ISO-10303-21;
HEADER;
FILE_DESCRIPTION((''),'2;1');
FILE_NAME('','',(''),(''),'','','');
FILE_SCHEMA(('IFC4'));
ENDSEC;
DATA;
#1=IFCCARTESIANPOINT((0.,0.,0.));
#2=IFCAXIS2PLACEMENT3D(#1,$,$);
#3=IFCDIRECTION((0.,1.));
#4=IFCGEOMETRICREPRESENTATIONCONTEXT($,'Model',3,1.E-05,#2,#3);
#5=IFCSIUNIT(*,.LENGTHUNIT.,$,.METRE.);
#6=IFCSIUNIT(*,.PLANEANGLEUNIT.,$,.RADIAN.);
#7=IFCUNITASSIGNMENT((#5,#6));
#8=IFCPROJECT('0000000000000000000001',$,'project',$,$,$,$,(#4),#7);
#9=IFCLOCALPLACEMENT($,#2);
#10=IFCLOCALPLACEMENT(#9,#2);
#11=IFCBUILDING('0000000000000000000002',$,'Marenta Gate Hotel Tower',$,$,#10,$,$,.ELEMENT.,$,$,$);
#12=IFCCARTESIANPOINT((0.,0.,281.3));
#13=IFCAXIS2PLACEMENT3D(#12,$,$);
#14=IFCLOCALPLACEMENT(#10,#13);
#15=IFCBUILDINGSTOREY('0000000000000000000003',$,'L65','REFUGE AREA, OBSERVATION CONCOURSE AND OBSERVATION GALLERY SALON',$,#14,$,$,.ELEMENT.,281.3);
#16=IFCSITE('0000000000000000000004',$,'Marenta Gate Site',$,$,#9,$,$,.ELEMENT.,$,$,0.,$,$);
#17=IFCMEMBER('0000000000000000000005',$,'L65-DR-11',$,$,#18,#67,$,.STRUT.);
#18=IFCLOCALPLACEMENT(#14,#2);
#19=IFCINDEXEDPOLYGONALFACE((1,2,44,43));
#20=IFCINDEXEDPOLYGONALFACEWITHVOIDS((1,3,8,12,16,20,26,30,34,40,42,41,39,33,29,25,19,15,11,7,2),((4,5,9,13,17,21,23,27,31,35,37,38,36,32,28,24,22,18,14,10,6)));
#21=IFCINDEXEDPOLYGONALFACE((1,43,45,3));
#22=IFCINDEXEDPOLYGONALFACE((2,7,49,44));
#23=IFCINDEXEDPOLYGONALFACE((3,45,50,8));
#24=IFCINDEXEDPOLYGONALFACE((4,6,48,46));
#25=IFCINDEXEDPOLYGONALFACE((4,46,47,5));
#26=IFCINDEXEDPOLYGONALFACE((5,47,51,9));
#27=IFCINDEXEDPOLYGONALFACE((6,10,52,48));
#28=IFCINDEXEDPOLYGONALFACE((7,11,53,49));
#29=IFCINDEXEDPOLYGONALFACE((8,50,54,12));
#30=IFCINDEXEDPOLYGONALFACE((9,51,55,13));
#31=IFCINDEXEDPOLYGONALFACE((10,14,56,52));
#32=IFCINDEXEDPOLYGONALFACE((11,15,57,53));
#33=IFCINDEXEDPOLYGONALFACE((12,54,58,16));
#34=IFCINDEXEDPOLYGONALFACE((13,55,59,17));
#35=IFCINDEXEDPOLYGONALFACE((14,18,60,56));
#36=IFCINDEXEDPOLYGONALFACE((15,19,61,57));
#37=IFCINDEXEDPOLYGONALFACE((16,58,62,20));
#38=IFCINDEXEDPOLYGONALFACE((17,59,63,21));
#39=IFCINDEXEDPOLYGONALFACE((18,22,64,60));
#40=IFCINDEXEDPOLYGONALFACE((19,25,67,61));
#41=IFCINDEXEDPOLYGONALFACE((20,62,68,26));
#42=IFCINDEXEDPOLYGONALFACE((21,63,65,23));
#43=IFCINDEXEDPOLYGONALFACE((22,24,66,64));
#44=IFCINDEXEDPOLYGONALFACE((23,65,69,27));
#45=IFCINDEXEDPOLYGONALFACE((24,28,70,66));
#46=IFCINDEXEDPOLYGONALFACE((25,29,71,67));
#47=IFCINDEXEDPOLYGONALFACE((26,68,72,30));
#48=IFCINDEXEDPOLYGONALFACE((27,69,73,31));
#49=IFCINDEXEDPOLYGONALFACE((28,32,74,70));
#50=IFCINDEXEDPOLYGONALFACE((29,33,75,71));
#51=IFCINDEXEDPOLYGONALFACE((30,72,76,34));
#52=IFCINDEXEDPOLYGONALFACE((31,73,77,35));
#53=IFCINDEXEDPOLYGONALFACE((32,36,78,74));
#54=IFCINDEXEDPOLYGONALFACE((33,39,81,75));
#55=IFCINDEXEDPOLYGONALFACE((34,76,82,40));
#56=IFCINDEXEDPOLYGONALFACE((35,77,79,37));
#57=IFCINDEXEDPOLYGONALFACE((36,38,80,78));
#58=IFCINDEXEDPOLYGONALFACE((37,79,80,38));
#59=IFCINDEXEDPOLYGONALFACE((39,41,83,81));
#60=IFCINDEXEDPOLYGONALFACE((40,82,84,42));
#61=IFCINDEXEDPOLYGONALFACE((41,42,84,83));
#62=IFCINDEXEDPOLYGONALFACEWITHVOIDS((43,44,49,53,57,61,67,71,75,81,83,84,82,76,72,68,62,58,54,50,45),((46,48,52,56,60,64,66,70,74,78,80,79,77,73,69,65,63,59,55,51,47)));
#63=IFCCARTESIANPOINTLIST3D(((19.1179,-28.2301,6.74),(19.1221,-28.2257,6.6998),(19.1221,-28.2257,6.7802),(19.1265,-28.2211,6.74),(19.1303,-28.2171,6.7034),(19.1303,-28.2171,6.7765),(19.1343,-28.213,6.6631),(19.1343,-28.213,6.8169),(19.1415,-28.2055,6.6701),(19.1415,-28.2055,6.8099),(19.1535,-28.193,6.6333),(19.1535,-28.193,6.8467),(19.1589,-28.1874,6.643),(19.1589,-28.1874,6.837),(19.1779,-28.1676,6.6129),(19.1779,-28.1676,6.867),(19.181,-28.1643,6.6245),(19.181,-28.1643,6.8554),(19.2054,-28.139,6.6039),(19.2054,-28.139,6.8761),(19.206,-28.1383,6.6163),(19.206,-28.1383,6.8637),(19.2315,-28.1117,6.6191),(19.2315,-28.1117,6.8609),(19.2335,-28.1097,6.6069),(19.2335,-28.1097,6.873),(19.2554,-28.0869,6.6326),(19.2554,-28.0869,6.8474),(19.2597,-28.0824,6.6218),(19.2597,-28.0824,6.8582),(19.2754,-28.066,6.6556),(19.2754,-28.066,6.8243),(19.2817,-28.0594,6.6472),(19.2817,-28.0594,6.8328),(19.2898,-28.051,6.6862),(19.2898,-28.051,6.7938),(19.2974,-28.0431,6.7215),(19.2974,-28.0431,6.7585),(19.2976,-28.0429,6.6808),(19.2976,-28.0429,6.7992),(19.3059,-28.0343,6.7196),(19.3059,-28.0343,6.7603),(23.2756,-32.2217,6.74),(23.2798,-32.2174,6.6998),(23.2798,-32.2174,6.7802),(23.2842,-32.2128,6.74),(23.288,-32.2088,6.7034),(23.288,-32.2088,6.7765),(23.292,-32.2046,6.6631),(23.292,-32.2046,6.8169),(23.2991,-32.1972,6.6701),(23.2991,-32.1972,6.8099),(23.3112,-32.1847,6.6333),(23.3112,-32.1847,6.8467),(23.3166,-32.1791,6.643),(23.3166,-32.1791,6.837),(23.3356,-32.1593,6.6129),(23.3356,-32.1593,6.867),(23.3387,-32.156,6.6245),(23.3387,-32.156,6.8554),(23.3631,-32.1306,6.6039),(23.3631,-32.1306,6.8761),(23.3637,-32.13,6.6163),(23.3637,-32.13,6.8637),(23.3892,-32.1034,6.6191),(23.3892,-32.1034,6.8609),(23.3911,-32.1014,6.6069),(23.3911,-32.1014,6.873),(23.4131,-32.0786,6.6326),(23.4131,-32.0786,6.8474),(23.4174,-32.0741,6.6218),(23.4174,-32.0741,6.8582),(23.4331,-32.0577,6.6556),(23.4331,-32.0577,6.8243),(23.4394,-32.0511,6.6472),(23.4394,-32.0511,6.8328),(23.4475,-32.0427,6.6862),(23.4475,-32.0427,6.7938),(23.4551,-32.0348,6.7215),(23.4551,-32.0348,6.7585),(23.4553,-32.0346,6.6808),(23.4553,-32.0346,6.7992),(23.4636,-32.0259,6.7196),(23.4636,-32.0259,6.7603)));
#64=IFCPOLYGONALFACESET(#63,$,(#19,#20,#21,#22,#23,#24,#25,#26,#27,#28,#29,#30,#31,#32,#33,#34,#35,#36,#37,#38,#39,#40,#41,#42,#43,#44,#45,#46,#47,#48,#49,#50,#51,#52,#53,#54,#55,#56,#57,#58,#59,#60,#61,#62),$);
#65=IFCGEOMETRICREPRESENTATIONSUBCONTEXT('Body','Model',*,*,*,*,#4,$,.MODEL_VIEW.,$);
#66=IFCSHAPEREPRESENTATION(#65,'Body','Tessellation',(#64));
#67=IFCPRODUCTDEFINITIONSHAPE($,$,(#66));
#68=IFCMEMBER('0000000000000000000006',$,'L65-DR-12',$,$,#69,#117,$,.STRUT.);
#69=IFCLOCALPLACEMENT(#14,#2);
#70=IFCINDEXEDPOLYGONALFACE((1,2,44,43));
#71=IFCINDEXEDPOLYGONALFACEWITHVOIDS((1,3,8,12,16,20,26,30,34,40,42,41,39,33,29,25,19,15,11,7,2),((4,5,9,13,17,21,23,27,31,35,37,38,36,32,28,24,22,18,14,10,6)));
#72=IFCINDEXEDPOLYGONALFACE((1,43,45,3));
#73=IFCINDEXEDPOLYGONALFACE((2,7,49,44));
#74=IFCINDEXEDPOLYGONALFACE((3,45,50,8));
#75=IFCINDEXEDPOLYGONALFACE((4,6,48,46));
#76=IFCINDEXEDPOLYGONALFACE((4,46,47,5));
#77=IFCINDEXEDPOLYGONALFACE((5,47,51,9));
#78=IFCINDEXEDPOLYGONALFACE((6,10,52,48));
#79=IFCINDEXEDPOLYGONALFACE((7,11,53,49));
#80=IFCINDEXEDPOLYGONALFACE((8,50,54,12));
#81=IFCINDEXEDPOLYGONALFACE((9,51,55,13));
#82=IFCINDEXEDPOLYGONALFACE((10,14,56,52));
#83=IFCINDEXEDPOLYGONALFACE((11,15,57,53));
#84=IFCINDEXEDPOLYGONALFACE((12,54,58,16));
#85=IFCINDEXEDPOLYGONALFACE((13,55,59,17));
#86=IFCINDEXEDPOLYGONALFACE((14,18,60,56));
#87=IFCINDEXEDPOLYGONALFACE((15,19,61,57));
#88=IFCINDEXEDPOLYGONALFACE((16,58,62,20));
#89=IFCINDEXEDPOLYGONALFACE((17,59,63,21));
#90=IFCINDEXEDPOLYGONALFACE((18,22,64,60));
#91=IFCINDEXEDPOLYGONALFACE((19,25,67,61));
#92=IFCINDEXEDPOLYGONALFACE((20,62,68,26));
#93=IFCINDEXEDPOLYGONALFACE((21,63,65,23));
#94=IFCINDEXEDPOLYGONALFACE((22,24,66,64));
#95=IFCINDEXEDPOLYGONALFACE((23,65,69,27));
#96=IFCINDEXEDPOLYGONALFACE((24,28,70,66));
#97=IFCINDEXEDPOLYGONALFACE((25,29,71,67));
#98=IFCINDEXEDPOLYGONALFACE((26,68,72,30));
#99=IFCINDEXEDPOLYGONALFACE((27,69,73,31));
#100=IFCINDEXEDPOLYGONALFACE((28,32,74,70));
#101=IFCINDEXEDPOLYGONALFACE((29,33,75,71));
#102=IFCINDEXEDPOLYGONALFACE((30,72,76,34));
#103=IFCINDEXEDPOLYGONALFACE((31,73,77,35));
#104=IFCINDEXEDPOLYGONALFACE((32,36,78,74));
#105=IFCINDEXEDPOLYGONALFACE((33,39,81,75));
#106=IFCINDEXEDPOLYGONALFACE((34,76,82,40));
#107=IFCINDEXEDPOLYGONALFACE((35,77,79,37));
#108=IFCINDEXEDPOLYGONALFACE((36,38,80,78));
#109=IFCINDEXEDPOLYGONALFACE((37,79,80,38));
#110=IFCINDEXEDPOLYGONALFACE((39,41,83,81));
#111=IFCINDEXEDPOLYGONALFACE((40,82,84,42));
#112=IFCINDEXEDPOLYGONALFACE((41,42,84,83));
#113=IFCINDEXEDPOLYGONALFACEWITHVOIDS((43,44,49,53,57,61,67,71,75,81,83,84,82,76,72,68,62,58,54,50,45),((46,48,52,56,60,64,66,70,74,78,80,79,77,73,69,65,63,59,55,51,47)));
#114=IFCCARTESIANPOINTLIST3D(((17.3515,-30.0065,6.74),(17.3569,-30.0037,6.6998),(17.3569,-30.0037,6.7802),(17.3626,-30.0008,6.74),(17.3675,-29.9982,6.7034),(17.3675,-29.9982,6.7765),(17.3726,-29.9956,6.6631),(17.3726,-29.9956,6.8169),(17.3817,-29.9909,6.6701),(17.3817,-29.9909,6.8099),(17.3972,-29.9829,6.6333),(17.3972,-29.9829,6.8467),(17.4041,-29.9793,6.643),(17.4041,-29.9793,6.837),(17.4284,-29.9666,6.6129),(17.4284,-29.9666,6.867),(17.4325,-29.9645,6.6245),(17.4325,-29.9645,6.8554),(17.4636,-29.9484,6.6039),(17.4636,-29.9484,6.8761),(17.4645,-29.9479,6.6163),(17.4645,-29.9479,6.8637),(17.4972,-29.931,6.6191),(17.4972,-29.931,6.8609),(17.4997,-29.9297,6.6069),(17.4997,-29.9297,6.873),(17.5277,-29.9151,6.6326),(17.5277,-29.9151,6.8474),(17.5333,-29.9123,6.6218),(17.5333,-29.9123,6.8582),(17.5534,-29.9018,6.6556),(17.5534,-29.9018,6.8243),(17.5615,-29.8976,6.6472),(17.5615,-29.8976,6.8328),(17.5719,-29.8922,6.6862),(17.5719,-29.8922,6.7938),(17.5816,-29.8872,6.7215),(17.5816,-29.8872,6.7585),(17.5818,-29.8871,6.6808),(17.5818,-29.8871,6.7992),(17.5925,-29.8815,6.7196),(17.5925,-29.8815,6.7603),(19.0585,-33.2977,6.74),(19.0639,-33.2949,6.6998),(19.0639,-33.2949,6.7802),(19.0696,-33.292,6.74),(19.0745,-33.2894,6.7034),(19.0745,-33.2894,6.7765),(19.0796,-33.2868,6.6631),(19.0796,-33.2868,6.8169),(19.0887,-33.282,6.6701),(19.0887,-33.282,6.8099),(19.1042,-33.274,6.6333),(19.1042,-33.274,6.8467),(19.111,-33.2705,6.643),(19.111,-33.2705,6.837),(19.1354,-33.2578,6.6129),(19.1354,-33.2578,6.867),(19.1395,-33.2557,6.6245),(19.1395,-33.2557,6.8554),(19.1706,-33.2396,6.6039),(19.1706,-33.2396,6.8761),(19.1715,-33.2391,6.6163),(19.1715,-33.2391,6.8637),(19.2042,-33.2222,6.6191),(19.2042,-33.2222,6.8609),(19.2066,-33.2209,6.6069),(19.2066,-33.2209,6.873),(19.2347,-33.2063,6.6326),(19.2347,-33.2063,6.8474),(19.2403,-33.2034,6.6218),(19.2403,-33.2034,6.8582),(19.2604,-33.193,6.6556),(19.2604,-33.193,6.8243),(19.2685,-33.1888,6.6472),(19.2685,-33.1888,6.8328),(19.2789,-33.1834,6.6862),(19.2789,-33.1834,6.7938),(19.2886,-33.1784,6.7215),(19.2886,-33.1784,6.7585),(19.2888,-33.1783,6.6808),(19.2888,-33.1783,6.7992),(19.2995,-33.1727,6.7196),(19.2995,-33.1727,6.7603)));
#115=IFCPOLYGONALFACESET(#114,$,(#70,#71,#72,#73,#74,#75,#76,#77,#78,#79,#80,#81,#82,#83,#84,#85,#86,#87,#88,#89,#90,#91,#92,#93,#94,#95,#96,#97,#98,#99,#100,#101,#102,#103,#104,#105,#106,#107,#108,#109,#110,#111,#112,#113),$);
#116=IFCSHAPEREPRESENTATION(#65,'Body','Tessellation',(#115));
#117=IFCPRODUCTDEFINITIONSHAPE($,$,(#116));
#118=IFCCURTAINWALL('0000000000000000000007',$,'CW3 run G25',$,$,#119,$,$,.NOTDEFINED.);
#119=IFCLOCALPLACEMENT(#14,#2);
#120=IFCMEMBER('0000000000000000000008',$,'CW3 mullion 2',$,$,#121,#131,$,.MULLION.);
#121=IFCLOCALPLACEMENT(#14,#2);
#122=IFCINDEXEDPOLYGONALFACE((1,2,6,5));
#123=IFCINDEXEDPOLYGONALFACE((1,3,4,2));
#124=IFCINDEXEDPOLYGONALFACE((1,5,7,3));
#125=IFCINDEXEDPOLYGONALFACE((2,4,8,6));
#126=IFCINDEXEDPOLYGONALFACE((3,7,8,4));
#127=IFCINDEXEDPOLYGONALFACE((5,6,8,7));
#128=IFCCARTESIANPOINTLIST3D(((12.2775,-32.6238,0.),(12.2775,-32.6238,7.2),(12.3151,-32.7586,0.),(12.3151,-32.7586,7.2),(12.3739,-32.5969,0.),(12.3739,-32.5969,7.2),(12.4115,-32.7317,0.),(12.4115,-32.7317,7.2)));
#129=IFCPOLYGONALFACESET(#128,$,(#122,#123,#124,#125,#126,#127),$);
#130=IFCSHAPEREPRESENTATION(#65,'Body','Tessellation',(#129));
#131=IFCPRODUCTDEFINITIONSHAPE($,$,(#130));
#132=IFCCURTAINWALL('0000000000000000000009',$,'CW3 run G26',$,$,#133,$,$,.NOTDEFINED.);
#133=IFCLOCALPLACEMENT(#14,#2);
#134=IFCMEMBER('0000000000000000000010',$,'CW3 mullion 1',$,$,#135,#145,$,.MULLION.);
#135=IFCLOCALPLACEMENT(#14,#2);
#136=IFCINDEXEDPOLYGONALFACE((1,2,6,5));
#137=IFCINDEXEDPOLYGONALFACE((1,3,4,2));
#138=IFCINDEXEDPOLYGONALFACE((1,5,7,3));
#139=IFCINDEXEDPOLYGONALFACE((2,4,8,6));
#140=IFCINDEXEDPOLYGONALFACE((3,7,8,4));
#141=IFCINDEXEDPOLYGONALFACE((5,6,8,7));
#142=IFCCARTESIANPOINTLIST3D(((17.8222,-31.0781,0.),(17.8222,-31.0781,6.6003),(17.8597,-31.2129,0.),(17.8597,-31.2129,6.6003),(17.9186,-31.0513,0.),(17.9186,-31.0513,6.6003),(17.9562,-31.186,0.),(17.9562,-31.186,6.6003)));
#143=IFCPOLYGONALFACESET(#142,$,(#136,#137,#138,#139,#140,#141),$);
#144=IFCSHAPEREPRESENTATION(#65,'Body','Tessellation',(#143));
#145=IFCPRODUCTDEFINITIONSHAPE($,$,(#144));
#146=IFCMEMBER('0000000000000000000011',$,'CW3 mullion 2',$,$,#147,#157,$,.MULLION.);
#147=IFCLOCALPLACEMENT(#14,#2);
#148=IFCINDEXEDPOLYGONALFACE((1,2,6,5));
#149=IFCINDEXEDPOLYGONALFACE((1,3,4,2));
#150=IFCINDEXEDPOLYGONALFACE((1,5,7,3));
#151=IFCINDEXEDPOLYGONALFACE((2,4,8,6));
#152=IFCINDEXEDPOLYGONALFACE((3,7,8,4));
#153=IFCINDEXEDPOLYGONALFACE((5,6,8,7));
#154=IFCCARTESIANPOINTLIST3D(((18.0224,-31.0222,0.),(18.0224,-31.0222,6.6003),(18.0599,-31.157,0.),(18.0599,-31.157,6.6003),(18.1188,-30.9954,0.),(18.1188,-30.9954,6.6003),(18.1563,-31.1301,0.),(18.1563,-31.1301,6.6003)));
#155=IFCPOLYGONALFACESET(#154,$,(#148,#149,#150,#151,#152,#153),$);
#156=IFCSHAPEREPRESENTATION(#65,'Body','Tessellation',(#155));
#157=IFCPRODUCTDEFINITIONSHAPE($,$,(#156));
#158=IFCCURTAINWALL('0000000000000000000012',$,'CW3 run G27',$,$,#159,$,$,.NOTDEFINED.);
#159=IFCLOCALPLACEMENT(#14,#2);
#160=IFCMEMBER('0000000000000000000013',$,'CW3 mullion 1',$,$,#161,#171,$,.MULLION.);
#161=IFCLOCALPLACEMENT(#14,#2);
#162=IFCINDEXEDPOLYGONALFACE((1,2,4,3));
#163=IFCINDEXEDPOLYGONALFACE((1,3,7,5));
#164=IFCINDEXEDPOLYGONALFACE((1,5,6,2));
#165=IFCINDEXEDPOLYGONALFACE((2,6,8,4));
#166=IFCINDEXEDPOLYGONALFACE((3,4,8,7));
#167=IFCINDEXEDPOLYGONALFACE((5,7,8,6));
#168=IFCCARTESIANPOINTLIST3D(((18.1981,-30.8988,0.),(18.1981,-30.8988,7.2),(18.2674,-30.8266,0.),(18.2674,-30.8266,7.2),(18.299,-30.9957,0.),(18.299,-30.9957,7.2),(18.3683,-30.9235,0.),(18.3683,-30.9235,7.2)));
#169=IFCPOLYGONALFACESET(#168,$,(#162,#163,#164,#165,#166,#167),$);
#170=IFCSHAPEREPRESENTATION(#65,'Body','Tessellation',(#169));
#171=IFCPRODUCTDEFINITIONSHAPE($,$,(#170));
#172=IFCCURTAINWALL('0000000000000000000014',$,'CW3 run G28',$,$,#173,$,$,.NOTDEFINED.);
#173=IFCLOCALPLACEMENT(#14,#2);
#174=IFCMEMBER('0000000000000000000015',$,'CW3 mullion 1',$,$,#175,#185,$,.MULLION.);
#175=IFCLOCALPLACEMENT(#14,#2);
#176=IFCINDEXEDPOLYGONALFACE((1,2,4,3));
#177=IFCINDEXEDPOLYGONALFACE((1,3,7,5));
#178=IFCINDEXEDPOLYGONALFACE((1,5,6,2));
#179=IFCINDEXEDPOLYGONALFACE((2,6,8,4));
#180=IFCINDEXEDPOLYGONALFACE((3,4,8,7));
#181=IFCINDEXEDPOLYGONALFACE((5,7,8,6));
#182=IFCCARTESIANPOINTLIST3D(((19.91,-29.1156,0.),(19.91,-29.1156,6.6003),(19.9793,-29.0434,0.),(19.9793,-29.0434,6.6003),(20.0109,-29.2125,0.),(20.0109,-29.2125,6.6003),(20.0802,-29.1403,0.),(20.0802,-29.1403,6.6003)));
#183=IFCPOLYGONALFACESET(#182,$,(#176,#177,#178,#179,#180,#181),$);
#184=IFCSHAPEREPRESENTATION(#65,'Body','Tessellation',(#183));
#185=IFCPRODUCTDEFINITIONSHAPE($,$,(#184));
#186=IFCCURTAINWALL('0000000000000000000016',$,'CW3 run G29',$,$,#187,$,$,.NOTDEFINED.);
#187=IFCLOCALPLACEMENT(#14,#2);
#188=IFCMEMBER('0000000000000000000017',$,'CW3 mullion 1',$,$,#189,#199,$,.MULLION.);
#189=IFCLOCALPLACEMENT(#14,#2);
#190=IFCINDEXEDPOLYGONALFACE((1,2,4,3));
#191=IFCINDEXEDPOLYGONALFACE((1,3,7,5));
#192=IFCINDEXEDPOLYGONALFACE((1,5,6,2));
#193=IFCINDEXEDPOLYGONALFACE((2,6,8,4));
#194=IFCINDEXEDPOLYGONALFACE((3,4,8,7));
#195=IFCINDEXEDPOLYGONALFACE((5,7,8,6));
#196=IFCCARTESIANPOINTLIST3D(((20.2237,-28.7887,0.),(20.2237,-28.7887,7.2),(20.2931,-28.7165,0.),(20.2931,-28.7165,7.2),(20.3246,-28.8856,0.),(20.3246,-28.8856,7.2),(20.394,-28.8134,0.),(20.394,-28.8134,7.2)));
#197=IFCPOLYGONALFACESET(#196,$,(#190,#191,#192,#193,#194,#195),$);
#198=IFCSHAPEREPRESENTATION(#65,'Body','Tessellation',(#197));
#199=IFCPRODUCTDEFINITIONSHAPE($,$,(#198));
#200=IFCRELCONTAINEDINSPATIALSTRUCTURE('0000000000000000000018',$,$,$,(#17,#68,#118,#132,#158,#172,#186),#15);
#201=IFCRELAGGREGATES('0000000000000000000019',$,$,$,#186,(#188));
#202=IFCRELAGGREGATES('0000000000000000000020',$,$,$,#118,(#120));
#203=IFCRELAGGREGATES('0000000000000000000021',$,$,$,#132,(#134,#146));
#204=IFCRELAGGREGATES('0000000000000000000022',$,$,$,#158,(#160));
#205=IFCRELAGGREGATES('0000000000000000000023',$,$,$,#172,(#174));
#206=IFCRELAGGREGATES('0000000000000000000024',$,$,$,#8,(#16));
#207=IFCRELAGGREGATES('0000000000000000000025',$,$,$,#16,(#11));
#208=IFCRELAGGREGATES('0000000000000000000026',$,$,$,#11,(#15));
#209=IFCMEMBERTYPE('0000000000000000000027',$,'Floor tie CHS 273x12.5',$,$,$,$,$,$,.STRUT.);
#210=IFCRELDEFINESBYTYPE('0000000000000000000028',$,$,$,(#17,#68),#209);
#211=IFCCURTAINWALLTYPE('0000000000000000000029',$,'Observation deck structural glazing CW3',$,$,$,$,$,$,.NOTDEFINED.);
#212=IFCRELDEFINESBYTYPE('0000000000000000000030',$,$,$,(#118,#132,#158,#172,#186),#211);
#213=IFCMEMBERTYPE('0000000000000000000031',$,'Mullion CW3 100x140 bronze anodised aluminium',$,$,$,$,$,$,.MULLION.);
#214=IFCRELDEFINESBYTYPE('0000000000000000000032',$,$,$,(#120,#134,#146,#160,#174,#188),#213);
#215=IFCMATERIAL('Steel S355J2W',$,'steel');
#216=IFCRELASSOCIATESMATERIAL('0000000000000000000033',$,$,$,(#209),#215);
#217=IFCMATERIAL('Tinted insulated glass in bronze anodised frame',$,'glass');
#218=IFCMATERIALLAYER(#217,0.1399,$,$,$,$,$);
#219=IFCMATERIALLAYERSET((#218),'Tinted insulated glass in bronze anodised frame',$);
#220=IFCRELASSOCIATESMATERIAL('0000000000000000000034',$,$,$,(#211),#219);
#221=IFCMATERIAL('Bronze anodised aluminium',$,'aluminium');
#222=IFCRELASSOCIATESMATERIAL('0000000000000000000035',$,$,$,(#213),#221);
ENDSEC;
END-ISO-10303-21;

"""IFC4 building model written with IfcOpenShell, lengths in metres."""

from ifc_helpers import new_model, si_unit, direction, frame, origin, origin_2d, place, context, subcontext, project, spatial, rectangle, hollow_circle, extrude, material, layer, layer_set, material_profile, profile_set, type_object, element, aggregate, save


model = new_model("IFC4")

# Units and contexts
model_context = context("Model", 3, precision=1e-05, world=origin(), true_north=direction((0.0, 1.0)))
body_context = subcontext(model_context, "Body", "Model", "MODEL_VIEW")
ifc_project = project(units=[si_unit("LENGTHUNIT", "METRE"), si_unit("PLANEANGLEUNIT", "RADIAN")], contexts=[model_context])

# Site, building, storey
site_placement = place(None, origin())
site = spatial("IfcSite", under=ifc_project, at=site_placement, Name="Marenta Gate Site", CompositionType="ELEMENT", RefElevation=0.0)
building_placement = place(site_placement, origin())
building = spatial("IfcBuilding", under=site, at=building_placement, Name="Marenta Gate Hotel Tower", CompositionType="ELEMENT")
storey_placement = place(building_placement, frame((0.0, 0.0, 281.3)))
storey = spatial("IfcBuildingStorey", under=building, at=storey_placement, Name="L65", Description="REFUGE AREA, OBSERVATION CONCOURSE AND OBSERVATION GALLERY SALON", CompositionType="ELEMENT", Elevation=281.3)

# Members
ifc_material_1 = material(Name="Steel S355J2W", Category="steel")
ifc_material_profile_1 = material_profile(ifc_material_1, hollow_circle(Radius=0.1365, WallThickness=0.0125, at=origin_2d()), Name="CHS 273x12.5")
ifc_profile_set_1 = profile_set([ifc_material_profile_1], Name="Steel S355J2W")
member_type_1 = type_object("IfcMemberType", Name="Floor tie CHS 273x12.5", PredefinedType="STRUT", material=ifc_profile_set_1)
member_1_placement = place(storey_placement, frame((23.3701, -32.1233, 6.74), z_axis=(-0.721362, 0.692558, 0.0), x_axis=(-0.692558, -0.721362, 0.0)))
element("IfcMember", 1, at=member_1_placement, inside=storey, type_object=member_type_1, Name="L65-DR-11", PredefinedType="STRUT", context=body_context, shape_type="SweptSolid", body=[
    extrude(hollow_circle(Radius=0.1365, WallThickness=0.0125, at=origin_2d()), origin(), (0.0, 0.0, 1.0), 5.7637),
])
member_2_placement = place(storey_placement, frame((19.1797, -33.2349, 6.74), z_axis=(-0.460413, 0.887705, 0.0), x_axis=(-0.887705, -0.460413, 0.0)))
element("IfcMember", 2, at=member_2_placement, inside=storey, type_object=member_type_1, Name="L65-DR-12", PredefinedType="STRUT", context=body_context, shape_type="SweptSolid", body=[
    extrude(hollow_circle(Radius=0.1365, WallThickness=0.0125, at=origin_2d()), origin(), (0.0, 0.0, 1.0), 3.7075),
])

# Curtain wall, member
ifc_material_2 = material(Name="Tinted insulated glass in bronze anodised frame", Category="glass")
ifc_layer_1 = layer(ifc_material_2, 0.1399)
ifc_layer_set_1 = layer_set([ifc_layer_1], Name="Tinted insulated glass in bronze anodised frame")
curtain_wall_type = type_object("IfcCurtainWallType", Name="Observation deck structural glazing CW3", PredefinedType="NOTDEFINED", material=ifc_layer_set_1)
curtain_wall_1_placement = place(storey_placement, origin())
curtain_wall_1 = element("IfcCurtainWall", 3, at=curtain_wall_1_placement, inside=storey, type_object=curtain_wall_type, Name="CW3 run G25", PredefinedType="NOTDEFINED")
ifc_material_3 = material(Name="Bronze anodised aluminium", Category="aluminium")
ifc_material_profile_2 = material_profile(ifc_material_3, rectangle(XDim=0.1399, YDim=0.1001, at=origin_2d()), Name="Mullion CW3 100x140 bronze anodised aluminium")
ifc_profile_set_2 = profile_set([ifc_material_profile_2], Name="Bronze anodised aluminium")
member_type_2 = type_object("IfcMemberType", Name="Mullion CW3 100x140 bronze anodised aluminium", PredefinedType="MULLION", material=ifc_profile_set_2)
member_3_placement = place(storey_placement, frame((12.3445, -32.6777, 0.0), z_axis=(0.0, 0.0, 1.0), x_axis=(-0.268553, 0.963265, 0.0)))
member_3 = element("IfcMember", 4, at=member_3_placement, type_object=member_type_2, Name="CW3 mullion 2", PredefinedType="MULLION", context=body_context, shape_type="SweptSolid", body=[
    extrude(rectangle(XDim=0.1399, YDim=0.1001, at=origin_2d()), origin(), (0.0, 0.0, 1.0), 7.2),
])

# Curtain wall, members
curtain_wall_2_placement = place(storey_placement, origin())
curtain_wall_2 = element("IfcCurtainWall", 5, at=curtain_wall_2_placement, inside=storey, type_object=curtain_wall_type, Name="CW3 run G26", PredefinedType="NOTDEFINED")
member_4_placement = place(storey_placement, frame((17.8892, -31.1321, 0.0), z_axis=(0.0, 0.0, 1.0), x_axis=(-0.268498, 0.96328, 0.0)))
member_4 = element("IfcMember", 6, at=member_4_placement, type_object=member_type_2, Name="CW3 mullion 1", PredefinedType="MULLION", context=body_context, shape_type="SweptSolid", body=[
    extrude(rectangle(XDim=0.1399, YDim=0.1001, at=origin_2d()), origin(), (0.0, 0.0, 1.0), 6.6003),
])
member_5_placement = place(storey_placement, frame((18.0894, -31.0762, 0.0), z_axis=(0.0, 0.0, 1.0), x_axis=(-0.268498, 0.96328, 0.0)))
member_5 = element("IfcMember", 7, at=member_5_placement, type_object=member_type_2, Name="CW3 mullion 2", PredefinedType="MULLION", context=body_context, shape_type="SweptSolid", body=[
    extrude(rectangle(XDim=0.1399, YDim=0.1001, at=origin_2d()), origin(), (0.0, 0.0, 1.0), 6.6003),
])

# Curtain walls, members
curtain_wall_3_placement = place(storey_placement, origin())
curtain_wall_3 = element("IfcCurtainWall", 8, at=curtain_wall_3_placement, inside=storey, type_object=curtain_wall_type, Name="CW3 run G27", PredefinedType="NOTDEFINED")
member_6_placement = place(storey_placement, frame((18.2832, -30.9111, 0.0), z_axis=(0.0, 0.0, 1.0), x_axis=(-0.72138, 0.692539, 0.0)))
member_6 = element("IfcMember", 9, at=member_6_placement, type_object=member_type_2, Name="CW3 mullion 1", PredefinedType="MULLION", context=body_context, shape_type="SweptSolid", body=[
    extrude(rectangle(XDim=0.1399, YDim=0.1001, at=origin_2d()), origin(), (0.0, 0.0, 1.0), 7.2),
])
curtain_wall_4_placement = place(storey_placement, origin())
curtain_wall_4 = element("IfcCurtainWall", 10, at=curtain_wall_4_placement, inside=storey, type_object=curtain_wall_type, Name="CW3 run G28", PredefinedType="NOTDEFINED")
member_7_placement = place(storey_placement, frame((19.9951, -29.1279, 0.0), z_axis=(0.0, 0.0, 1.0), x_axis=(-0.721418, 0.6925, 0.0)))
member_7 = element("IfcMember", 11, at=member_7_placement, type_object=member_type_2, Name="CW3 mullion 1", PredefinedType="MULLION", context=body_context, shape_type="SweptSolid", body=[
    extrude(rectangle(XDim=0.1399, YDim=0.1001, at=origin_2d()), origin(), (0.0, 0.0, 1.0), 6.6003),
])
curtain_wall_5_placement = place(storey_placement, origin())
curtain_wall_5 = element("IfcCurtainWall", 12, at=curtain_wall_5_placement, inside=storey, type_object=curtain_wall_type, Name="CW3 run G29", PredefinedType="NOTDEFINED")
member_8_placement = place(storey_placement, frame((20.3088, -28.801, 0.0), z_axis=(0.0, 0.0, 1.0), x_axis=(-0.721214, 0.692713, 0.0)))
member_8 = element("IfcMember", 13, at=member_8_placement, type_object=member_type_2, Name="CW3 mullion 1", PredefinedType="MULLION", context=body_context, shape_type="SweptSolid", body=[
    extrude(rectangle(XDim=0.1399, YDim=0.1001, at=origin_2d()), origin(), (0.0, 0.0, 1.0), 7.2),
])

aggregate(curtain_wall_5, [member_8])

aggregate(curtain_wall_1, [member_3])
aggregate(curtain_wall_2, [member_4, member_5])
aggregate(curtain_wall_3, [member_6])
aggregate(curtain_wall_4, [member_7])

save(model, "model.ifc")
